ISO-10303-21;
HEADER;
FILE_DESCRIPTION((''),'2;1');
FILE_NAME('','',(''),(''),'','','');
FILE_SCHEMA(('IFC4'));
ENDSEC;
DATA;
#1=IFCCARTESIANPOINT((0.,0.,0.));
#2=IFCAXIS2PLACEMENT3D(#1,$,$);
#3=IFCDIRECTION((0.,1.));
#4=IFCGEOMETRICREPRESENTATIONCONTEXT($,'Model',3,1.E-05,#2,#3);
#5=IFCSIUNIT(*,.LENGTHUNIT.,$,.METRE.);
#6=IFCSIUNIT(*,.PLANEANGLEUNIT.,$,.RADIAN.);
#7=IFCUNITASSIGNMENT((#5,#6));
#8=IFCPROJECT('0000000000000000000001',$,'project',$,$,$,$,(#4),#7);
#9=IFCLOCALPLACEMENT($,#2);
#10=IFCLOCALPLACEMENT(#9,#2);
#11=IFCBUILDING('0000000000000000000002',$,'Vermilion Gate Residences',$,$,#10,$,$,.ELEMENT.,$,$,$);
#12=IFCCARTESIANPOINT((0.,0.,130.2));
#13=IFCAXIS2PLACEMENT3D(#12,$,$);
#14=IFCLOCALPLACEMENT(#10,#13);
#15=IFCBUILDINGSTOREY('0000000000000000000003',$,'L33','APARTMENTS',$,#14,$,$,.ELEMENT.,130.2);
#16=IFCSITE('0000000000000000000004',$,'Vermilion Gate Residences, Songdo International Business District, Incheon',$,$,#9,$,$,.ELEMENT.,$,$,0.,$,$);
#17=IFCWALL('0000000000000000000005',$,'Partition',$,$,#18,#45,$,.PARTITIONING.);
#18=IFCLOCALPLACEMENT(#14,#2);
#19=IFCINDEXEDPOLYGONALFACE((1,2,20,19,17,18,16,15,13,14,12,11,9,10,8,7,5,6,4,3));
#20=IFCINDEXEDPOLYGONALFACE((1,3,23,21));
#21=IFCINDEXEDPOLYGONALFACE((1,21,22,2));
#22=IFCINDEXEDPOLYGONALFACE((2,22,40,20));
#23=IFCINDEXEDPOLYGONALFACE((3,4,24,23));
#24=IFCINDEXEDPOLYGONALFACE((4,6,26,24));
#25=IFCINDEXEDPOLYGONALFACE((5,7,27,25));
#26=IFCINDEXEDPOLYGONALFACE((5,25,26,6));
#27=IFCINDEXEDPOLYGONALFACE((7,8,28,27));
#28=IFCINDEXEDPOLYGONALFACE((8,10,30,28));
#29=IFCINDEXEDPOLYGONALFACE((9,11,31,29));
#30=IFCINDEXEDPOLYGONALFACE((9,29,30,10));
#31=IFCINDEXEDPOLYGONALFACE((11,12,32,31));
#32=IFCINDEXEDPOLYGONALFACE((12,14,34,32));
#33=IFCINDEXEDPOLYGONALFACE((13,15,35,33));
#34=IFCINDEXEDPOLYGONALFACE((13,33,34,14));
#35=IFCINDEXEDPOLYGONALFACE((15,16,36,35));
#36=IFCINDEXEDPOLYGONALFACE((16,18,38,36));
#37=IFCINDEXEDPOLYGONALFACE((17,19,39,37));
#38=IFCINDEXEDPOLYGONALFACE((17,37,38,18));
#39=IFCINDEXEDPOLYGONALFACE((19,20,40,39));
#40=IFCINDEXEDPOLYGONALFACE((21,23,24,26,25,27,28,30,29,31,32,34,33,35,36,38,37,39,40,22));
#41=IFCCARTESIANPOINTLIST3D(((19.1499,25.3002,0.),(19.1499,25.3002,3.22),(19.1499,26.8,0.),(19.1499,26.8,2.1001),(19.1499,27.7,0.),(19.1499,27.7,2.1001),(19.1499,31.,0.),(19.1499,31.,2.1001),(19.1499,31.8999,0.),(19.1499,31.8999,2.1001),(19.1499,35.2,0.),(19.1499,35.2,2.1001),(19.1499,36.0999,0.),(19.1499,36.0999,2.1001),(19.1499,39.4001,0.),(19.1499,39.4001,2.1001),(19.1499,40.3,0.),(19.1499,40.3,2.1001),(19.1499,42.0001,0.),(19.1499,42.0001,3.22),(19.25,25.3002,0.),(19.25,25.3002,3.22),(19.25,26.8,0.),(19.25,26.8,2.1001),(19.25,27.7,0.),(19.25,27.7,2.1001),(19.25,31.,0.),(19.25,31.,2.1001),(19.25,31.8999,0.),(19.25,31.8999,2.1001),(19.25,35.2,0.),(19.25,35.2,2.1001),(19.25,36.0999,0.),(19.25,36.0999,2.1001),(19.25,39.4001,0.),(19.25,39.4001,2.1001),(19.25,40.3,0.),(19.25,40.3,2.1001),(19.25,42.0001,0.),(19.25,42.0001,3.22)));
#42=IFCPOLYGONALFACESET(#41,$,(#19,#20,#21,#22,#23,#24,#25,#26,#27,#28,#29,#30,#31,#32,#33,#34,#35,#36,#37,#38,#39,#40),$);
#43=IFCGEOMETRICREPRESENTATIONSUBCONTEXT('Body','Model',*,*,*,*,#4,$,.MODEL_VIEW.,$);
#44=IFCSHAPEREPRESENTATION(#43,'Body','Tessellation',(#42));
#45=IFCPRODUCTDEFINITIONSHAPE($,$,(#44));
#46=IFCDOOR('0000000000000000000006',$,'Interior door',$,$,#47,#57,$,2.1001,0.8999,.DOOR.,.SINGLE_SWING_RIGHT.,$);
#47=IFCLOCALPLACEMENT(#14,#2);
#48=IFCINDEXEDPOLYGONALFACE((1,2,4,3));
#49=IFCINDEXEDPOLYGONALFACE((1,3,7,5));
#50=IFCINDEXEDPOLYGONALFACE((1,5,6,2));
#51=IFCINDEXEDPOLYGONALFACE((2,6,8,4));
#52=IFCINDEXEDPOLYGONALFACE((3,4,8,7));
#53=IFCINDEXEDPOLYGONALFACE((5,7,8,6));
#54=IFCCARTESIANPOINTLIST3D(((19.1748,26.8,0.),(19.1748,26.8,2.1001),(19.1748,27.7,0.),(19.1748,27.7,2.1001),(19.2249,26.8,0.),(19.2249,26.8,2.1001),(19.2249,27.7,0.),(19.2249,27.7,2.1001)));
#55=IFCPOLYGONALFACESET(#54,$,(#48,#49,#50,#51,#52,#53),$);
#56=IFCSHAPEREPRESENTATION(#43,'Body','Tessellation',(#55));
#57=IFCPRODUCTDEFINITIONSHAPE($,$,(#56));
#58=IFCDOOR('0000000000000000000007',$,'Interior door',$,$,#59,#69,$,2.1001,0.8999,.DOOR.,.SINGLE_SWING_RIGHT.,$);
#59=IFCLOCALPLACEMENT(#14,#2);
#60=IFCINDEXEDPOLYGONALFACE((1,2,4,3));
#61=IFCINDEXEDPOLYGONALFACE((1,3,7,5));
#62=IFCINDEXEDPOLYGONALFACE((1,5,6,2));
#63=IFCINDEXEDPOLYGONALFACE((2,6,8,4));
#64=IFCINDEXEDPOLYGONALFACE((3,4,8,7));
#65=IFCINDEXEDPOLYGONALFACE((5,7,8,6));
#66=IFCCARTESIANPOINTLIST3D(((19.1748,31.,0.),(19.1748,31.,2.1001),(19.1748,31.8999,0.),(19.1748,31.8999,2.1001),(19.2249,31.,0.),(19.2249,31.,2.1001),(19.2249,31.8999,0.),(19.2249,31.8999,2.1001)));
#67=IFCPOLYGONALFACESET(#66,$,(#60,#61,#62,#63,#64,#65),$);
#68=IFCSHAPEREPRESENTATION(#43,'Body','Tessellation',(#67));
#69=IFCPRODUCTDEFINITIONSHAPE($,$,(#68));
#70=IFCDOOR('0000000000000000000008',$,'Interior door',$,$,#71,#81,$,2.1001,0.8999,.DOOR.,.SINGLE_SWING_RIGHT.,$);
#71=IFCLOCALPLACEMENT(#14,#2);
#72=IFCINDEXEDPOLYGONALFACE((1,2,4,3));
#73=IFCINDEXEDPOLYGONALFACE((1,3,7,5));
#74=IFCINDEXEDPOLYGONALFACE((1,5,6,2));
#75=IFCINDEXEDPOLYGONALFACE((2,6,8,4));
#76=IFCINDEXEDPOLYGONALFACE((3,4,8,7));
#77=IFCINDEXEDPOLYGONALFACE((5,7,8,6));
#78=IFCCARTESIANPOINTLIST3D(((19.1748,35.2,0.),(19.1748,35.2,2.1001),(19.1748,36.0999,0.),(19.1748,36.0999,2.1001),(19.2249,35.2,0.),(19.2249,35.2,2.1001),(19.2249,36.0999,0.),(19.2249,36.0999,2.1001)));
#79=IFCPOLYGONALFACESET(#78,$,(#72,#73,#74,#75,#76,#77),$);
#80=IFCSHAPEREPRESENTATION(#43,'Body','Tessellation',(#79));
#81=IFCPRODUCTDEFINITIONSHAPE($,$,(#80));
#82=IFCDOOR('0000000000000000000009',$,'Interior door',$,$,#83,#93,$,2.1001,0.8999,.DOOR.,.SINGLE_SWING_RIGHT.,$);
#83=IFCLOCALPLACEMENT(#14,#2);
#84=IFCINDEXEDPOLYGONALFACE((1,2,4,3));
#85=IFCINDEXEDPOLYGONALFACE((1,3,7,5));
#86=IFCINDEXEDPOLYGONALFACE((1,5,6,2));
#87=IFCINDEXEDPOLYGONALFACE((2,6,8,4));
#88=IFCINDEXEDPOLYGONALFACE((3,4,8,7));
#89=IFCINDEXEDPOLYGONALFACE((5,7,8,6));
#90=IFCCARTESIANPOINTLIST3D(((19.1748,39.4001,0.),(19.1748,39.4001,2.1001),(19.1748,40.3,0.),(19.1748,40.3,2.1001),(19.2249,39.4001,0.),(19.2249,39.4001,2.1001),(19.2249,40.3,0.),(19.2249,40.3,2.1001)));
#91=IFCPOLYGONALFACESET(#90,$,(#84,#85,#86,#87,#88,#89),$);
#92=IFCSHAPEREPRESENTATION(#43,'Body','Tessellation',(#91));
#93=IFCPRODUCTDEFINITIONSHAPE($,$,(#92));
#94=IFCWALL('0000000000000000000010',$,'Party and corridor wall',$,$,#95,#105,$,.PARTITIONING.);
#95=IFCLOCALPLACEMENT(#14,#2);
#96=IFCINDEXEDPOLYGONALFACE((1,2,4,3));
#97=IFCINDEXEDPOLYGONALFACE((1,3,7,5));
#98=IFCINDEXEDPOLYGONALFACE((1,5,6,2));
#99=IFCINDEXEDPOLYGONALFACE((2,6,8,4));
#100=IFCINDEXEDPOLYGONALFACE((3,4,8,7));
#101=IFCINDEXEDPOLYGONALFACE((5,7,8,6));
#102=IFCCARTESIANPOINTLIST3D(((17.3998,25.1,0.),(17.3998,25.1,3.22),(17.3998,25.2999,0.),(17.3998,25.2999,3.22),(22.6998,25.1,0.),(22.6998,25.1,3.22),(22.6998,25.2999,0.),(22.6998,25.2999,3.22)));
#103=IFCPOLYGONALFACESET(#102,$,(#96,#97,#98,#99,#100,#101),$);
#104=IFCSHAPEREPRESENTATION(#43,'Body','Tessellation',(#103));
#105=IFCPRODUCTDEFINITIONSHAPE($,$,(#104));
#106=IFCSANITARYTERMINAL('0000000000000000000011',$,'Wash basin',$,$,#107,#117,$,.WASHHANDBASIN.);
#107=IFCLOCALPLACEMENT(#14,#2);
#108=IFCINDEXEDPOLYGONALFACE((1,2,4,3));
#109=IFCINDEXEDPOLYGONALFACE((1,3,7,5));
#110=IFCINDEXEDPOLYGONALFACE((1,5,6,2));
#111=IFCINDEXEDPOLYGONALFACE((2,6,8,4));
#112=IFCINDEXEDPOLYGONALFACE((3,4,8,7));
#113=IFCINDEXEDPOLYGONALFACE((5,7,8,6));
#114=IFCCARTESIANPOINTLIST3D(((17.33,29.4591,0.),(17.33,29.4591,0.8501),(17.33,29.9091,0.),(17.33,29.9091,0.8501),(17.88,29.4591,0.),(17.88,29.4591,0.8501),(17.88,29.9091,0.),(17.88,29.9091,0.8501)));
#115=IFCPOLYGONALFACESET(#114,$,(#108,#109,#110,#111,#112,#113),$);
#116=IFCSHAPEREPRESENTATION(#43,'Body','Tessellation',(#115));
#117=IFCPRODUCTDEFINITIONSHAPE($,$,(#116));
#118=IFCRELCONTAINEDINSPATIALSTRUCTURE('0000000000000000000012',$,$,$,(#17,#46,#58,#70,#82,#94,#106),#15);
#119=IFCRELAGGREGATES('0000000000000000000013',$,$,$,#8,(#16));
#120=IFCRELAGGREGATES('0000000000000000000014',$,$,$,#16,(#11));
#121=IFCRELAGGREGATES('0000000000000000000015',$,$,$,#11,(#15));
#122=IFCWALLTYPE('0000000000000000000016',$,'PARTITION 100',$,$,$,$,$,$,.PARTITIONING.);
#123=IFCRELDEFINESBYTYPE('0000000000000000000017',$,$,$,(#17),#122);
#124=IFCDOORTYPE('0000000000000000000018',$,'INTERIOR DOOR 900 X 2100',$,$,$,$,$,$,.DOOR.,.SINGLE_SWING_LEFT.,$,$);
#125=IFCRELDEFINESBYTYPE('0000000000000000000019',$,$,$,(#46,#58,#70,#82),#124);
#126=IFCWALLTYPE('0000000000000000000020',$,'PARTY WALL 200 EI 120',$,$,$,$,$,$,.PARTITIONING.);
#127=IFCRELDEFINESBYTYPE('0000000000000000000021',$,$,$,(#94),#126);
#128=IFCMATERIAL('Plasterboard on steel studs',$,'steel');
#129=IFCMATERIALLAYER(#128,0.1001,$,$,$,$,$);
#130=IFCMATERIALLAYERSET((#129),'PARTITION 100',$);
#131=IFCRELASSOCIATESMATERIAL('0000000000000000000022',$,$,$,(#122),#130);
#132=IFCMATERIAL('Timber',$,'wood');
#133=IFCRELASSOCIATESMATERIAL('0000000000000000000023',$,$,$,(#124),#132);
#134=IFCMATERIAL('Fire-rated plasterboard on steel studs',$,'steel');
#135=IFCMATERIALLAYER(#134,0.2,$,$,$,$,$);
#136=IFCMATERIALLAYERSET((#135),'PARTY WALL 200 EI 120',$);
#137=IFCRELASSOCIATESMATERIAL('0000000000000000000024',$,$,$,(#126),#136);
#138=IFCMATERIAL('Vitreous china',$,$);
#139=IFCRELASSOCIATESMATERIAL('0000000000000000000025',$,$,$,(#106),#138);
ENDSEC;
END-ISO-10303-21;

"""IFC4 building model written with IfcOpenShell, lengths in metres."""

from ifc_helpers import new_model, si_unit, direction, frame, frame_2d, origin, origin_2d, place, context, subcontext, project, spatial, rectangle, extrude, material, layer, layer_set, type_object, element, fill, save


model = new_model("IFC4")

# Units and contexts
model_context = context("Model", 3, precision=1e-05, world=origin(), true_north=direction((0.0, 1.0)))
body_context = subcontext(model_context, "Body", "Model", "MODEL_VIEW")
ifc_project = project(units=[si_unit("LENGTHUNIT", "METRE"), si_unit("PLANEANGLEUNIT", "RADIAN")], contexts=[model_context])

# Site, building, storey
site_placement = place(None, origin())
site = spatial("IfcSite", under=ifc_project, at=site_placement, Name="Vermilion Gate Residences, Songdo International Business District, Incheon", CompositionType="ELEMENT", RefElevation=0.0)
building_placement = place(site_placement, origin())
building = spatial("IfcBuilding", under=site, at=building_placement, Name="Vermilion Gate Residences", CompositionType="ELEMENT")
storey_placement = place(building_placement, frame((0.0, 0.0, 130.2)))
storey = spatial("IfcBuildingStorey", under=building, at=storey_placement, Name="L33", Description="APARTMENTS", CompositionType="ELEMENT", Elevation=130.2)

# Shared definitions
ifc_material_1 = material(Name="Plasterboard on steel studs", Category="steel")
ifc_layer_1 = layer(ifc_material_1, 0.1001)
ifc_layer_set_1 = layer_set([ifc_layer_1], Name="PARTITION 100")
wall_type_1 = type_object("IfcWallType", Name="PARTITION 100", PredefinedType="PARTITIONING", material=ifc_layer_set_1)

# Wall, openings, doors
ifc_material_2 = material(Name="Timber", Category="wood")
door_type_1 = type_object("IfcDoorType", Name="INTERIOR DOOR 900 X 2100", OperationType="SINGLE_SWING_LEFT", PredefinedType="DOOR", material=ifc_material_2)
wall_1_placement = place(storey_placement, frame((19.2, 25.3, 0.0), z_axis=(0.0, 0.0, 1.0), x_axis=(0.0, 1.0, 0.0)))
wall_1 = element("IfcWall", 1, at=wall_1_placement, inside=storey, type_object=wall_type_1, Name="Partition", PredefinedType="PARTITIONING", context=body_context, shape_type="SweptSolid", body=[
    extrude(rectangle(XDim=16.7, YDim=0.1001, at=frame_2d((8.3501, 0.0))), origin(), (0.0, 0.0, 1.0), 3.22),
])
opening_1_placement = place(wall_1_placement, frame((1.5, 0.0, 0.0)))
opening_1 = element("IfcOpeningElement", 2, at=opening_1_placement, cuts=wall_1, PredefinedType="OPENING", context=body_context, shape_type="SweptSolid", body=[
    extrude(rectangle(XDim=0.8999, YDim=2.1001, at=frame_2d((0.45, 1.05))), frame((0.0, 0.0601, 0.0), z_axis=(0.0, -1.0, 0.0), x_axis=(1.0, 0.0, 0.0)), (0.0, 0.0, 1.0), 0.1201),
])
opening_2_placement = place(wall_1_placement, frame((5.7, 0.0, 0.0)))
opening_2 = element("IfcOpeningElement", 3, at=opening_2_placement, cuts=wall_1, PredefinedType="OPENING", context=body_context, shape_type="SweptSolid", body=[
    extrude(rectangle(XDim=0.8999, YDim=2.1001, at=frame_2d((0.45, 1.05))), frame((0.0, 0.0601, 0.0), z_axis=(0.0, -1.0, 0.0), x_axis=(1.0, 0.0, 0.0)), (0.0, 0.0, 1.0), 0.1201),
])
opening_3_placement = place(wall_1_placement, frame((9.8999, 0.0, 0.0)))
opening_3 = element("IfcOpeningElement", 4, at=opening_3_placement, cuts=wall_1, PredefinedType="OPENING", context=body_context, shape_type="SweptSolid", body=[
    extrude(rectangle(XDim=0.8999, YDim=2.1001, at=frame_2d((0.45, 1.05))), frame((0.0, 0.0601, 0.0), z_axis=(0.0, -1.0, 0.0), x_axis=(1.0, 0.0, 0.0)), (0.0, 0.0, 1.0), 0.1201),
])
opening_4_placement = place(wall_1_placement, frame((14.1001, 0.0, 0.0)))
opening_4 = element("IfcOpeningElement", 5, at=opening_4_placement, cuts=wall_1, PredefinedType="OPENING", context=body_context, shape_type="SweptSolid", body=[
    extrude(rectangle(XDim=0.8999, YDim=2.1001, at=frame_2d((0.45, 1.05))), frame((0.0, 0.0601, 0.0), z_axis=(0.0, -1.0, 0.0), x_axis=(1.0, 0.0, 0.0)), (0.0, 0.0, 1.0), 0.1201),
])
door_1_placement = place(opening_1_placement, frame((0.8999, 0.0, 0.0), z_axis=(0.0, 0.0, 1.0), x_axis=(-1.0, 0.0, 0.0)))
door_1 = element("IfcDoor", 6, at=door_1_placement, inside=storey, type_object=door_type_1, Name="Interior door", OperationType="SINGLE_SWING_RIGHT", OverallHeight=2.1001, OverallWidth=0.8999, PredefinedType="DOOR", context=body_context, shape_type="SweptSolid", body=[
    extrude(rectangle(XDim=0.8999, YDim=2.1001, at=frame_2d((0.45, 1.05))), frame((0.0, 0.0249, 0.0), z_axis=(0.0, -1.0, 0.0), x_axis=(1.0, 0.0, 0.0)), (0.0, 0.0, 1.0), 0.05),
])
fill(opening_1, door_1)
door_2_placement = place(opening_2_placement, frame((0.8999, 0.0, 0.0), z_axis=(0.0, 0.0, 1.0), x_axis=(-1.0, 0.0, 0.0)))
door_2 = element("IfcDoor", 7, at=door_2_placement, inside=storey, type_object=door_type_1, Name="Interior door", OperationType="SINGLE_SWING_RIGHT", OverallHeight=2.1001, OverallWidth=0.8999, PredefinedType="DOOR", context=body_context, shape_type="SweptSolid", body=[
    extrude(rectangle(XDim=0.8999, YDim=2.1001, at=frame_2d((0.45, 1.05))), frame((0.0, 0.0249, 0.0), z_axis=(0.0, -1.0, 0.0), x_axis=(1.0, 0.0, 0.0)), (0.0, 0.0, 1.0), 0.05),
])
fill(opening_2, door_2)
door_3_placement = place(opening_3_placement, frame((0.8999, 0.0, 0.0), z_axis=(0.0, 0.0, 1.0), x_axis=(-1.0, 0.0, 0.0)))
door_3 = element("IfcDoor", 8, at=door_3_placement, inside=storey, type_object=door_type_1, Name="Interior door", OperationType="SINGLE_SWING_RIGHT", OverallHeight=2.1001, OverallWidth=0.8999, PredefinedType="DOOR", context=body_context, shape_type="SweptSolid", body=[
    extrude(rectangle(XDim=0.8999, YDim=2.1001, at=frame_2d((0.45, 1.05))), frame((0.0, 0.0249, 0.0), z_axis=(0.0, -1.0, 0.0), x_axis=(1.0, 0.0, 0.0)), (0.0, 0.0, 1.0), 0.05),
])
fill(opening_3, door_3)
door_4_placement = place(opening_4_placement, frame((0.8999, 0.0, 0.0), z_axis=(0.0, 0.0, 1.0), x_axis=(-1.0, 0.0, 0.0)))
door_4 = element("IfcDoor", 9, at=door_4_placement, inside=storey, type_object=door_type_1, Name="Interior door", OperationType="SINGLE_SWING_RIGHT", OverallHeight=2.1001, OverallWidth=0.8999, PredefinedType="DOOR", context=body_context, shape_type="SweptSolid", body=[
    extrude(rectangle(XDim=0.8999, YDim=2.1001, at=frame_2d((0.45, 1.05))), frame((0.0, 0.0249, 0.0), z_axis=(0.0, -1.0, 0.0), x_axis=(1.0, 0.0, 0.0)), (0.0, 0.0, 1.0), 0.05),
])
fill(opening_4, door_4)

# Wall
ifc_material_3 = material(Name="Fire-rated plasterboard on steel studs", Category="steel")
ifc_layer_2 = layer(ifc_material_3, 0.2)
ifc_layer_set_2 = layer_set([ifc_layer_2], Name="PARTY WALL 200 EI 120")
wall_type_2 = type_object("IfcWallType", Name="PARTY WALL 200 EI 120", PredefinedType="PARTITIONING", material=ifc_layer_set_2)
wall_2_placement = place(storey_placement, frame((17.3999, 25.2, 0.0), z_axis=(0.0, 0.0, 1.0), x_axis=(1.0, 0.0, 0.0)))
element("IfcWall", 10, at=wall_2_placement, inside=storey, type_object=wall_type_2, Name="Party and corridor wall", PredefinedType="PARTITIONING", context=body_context, shape_type="SweptSolid", body=[
    extrude(rectangle(XDim=5.3, YDim=0.2, at=frame_2d((2.6499, 0.0))), origin(), (0.0, 0.0, 1.0), 3.22),
])

# Sanitary terminal
ifc_material_4 = material(Name="Vitreous china")
sanitary_terminal_placement = place(storey_placement, frame((17.605, 29.6841, 0.0), z_axis=(0.0, 0.0, 1.0), x_axis=(1.0, 0.0, 0.0)))
element("IfcSanitaryTerminal", 11, at=sanitary_terminal_placement, inside=storey, material=ifc_material_4, Name="Wash basin", PredefinedType="WASHHANDBASIN", context=body_context, shape_type="SweptSolid", body=[
    extrude(rectangle(XDim=0.55, YDim=0.45, at=origin_2d()), origin(), (0.0, 0.0, 1.0), 0.8501),
])

save(model, "model.ifc")
